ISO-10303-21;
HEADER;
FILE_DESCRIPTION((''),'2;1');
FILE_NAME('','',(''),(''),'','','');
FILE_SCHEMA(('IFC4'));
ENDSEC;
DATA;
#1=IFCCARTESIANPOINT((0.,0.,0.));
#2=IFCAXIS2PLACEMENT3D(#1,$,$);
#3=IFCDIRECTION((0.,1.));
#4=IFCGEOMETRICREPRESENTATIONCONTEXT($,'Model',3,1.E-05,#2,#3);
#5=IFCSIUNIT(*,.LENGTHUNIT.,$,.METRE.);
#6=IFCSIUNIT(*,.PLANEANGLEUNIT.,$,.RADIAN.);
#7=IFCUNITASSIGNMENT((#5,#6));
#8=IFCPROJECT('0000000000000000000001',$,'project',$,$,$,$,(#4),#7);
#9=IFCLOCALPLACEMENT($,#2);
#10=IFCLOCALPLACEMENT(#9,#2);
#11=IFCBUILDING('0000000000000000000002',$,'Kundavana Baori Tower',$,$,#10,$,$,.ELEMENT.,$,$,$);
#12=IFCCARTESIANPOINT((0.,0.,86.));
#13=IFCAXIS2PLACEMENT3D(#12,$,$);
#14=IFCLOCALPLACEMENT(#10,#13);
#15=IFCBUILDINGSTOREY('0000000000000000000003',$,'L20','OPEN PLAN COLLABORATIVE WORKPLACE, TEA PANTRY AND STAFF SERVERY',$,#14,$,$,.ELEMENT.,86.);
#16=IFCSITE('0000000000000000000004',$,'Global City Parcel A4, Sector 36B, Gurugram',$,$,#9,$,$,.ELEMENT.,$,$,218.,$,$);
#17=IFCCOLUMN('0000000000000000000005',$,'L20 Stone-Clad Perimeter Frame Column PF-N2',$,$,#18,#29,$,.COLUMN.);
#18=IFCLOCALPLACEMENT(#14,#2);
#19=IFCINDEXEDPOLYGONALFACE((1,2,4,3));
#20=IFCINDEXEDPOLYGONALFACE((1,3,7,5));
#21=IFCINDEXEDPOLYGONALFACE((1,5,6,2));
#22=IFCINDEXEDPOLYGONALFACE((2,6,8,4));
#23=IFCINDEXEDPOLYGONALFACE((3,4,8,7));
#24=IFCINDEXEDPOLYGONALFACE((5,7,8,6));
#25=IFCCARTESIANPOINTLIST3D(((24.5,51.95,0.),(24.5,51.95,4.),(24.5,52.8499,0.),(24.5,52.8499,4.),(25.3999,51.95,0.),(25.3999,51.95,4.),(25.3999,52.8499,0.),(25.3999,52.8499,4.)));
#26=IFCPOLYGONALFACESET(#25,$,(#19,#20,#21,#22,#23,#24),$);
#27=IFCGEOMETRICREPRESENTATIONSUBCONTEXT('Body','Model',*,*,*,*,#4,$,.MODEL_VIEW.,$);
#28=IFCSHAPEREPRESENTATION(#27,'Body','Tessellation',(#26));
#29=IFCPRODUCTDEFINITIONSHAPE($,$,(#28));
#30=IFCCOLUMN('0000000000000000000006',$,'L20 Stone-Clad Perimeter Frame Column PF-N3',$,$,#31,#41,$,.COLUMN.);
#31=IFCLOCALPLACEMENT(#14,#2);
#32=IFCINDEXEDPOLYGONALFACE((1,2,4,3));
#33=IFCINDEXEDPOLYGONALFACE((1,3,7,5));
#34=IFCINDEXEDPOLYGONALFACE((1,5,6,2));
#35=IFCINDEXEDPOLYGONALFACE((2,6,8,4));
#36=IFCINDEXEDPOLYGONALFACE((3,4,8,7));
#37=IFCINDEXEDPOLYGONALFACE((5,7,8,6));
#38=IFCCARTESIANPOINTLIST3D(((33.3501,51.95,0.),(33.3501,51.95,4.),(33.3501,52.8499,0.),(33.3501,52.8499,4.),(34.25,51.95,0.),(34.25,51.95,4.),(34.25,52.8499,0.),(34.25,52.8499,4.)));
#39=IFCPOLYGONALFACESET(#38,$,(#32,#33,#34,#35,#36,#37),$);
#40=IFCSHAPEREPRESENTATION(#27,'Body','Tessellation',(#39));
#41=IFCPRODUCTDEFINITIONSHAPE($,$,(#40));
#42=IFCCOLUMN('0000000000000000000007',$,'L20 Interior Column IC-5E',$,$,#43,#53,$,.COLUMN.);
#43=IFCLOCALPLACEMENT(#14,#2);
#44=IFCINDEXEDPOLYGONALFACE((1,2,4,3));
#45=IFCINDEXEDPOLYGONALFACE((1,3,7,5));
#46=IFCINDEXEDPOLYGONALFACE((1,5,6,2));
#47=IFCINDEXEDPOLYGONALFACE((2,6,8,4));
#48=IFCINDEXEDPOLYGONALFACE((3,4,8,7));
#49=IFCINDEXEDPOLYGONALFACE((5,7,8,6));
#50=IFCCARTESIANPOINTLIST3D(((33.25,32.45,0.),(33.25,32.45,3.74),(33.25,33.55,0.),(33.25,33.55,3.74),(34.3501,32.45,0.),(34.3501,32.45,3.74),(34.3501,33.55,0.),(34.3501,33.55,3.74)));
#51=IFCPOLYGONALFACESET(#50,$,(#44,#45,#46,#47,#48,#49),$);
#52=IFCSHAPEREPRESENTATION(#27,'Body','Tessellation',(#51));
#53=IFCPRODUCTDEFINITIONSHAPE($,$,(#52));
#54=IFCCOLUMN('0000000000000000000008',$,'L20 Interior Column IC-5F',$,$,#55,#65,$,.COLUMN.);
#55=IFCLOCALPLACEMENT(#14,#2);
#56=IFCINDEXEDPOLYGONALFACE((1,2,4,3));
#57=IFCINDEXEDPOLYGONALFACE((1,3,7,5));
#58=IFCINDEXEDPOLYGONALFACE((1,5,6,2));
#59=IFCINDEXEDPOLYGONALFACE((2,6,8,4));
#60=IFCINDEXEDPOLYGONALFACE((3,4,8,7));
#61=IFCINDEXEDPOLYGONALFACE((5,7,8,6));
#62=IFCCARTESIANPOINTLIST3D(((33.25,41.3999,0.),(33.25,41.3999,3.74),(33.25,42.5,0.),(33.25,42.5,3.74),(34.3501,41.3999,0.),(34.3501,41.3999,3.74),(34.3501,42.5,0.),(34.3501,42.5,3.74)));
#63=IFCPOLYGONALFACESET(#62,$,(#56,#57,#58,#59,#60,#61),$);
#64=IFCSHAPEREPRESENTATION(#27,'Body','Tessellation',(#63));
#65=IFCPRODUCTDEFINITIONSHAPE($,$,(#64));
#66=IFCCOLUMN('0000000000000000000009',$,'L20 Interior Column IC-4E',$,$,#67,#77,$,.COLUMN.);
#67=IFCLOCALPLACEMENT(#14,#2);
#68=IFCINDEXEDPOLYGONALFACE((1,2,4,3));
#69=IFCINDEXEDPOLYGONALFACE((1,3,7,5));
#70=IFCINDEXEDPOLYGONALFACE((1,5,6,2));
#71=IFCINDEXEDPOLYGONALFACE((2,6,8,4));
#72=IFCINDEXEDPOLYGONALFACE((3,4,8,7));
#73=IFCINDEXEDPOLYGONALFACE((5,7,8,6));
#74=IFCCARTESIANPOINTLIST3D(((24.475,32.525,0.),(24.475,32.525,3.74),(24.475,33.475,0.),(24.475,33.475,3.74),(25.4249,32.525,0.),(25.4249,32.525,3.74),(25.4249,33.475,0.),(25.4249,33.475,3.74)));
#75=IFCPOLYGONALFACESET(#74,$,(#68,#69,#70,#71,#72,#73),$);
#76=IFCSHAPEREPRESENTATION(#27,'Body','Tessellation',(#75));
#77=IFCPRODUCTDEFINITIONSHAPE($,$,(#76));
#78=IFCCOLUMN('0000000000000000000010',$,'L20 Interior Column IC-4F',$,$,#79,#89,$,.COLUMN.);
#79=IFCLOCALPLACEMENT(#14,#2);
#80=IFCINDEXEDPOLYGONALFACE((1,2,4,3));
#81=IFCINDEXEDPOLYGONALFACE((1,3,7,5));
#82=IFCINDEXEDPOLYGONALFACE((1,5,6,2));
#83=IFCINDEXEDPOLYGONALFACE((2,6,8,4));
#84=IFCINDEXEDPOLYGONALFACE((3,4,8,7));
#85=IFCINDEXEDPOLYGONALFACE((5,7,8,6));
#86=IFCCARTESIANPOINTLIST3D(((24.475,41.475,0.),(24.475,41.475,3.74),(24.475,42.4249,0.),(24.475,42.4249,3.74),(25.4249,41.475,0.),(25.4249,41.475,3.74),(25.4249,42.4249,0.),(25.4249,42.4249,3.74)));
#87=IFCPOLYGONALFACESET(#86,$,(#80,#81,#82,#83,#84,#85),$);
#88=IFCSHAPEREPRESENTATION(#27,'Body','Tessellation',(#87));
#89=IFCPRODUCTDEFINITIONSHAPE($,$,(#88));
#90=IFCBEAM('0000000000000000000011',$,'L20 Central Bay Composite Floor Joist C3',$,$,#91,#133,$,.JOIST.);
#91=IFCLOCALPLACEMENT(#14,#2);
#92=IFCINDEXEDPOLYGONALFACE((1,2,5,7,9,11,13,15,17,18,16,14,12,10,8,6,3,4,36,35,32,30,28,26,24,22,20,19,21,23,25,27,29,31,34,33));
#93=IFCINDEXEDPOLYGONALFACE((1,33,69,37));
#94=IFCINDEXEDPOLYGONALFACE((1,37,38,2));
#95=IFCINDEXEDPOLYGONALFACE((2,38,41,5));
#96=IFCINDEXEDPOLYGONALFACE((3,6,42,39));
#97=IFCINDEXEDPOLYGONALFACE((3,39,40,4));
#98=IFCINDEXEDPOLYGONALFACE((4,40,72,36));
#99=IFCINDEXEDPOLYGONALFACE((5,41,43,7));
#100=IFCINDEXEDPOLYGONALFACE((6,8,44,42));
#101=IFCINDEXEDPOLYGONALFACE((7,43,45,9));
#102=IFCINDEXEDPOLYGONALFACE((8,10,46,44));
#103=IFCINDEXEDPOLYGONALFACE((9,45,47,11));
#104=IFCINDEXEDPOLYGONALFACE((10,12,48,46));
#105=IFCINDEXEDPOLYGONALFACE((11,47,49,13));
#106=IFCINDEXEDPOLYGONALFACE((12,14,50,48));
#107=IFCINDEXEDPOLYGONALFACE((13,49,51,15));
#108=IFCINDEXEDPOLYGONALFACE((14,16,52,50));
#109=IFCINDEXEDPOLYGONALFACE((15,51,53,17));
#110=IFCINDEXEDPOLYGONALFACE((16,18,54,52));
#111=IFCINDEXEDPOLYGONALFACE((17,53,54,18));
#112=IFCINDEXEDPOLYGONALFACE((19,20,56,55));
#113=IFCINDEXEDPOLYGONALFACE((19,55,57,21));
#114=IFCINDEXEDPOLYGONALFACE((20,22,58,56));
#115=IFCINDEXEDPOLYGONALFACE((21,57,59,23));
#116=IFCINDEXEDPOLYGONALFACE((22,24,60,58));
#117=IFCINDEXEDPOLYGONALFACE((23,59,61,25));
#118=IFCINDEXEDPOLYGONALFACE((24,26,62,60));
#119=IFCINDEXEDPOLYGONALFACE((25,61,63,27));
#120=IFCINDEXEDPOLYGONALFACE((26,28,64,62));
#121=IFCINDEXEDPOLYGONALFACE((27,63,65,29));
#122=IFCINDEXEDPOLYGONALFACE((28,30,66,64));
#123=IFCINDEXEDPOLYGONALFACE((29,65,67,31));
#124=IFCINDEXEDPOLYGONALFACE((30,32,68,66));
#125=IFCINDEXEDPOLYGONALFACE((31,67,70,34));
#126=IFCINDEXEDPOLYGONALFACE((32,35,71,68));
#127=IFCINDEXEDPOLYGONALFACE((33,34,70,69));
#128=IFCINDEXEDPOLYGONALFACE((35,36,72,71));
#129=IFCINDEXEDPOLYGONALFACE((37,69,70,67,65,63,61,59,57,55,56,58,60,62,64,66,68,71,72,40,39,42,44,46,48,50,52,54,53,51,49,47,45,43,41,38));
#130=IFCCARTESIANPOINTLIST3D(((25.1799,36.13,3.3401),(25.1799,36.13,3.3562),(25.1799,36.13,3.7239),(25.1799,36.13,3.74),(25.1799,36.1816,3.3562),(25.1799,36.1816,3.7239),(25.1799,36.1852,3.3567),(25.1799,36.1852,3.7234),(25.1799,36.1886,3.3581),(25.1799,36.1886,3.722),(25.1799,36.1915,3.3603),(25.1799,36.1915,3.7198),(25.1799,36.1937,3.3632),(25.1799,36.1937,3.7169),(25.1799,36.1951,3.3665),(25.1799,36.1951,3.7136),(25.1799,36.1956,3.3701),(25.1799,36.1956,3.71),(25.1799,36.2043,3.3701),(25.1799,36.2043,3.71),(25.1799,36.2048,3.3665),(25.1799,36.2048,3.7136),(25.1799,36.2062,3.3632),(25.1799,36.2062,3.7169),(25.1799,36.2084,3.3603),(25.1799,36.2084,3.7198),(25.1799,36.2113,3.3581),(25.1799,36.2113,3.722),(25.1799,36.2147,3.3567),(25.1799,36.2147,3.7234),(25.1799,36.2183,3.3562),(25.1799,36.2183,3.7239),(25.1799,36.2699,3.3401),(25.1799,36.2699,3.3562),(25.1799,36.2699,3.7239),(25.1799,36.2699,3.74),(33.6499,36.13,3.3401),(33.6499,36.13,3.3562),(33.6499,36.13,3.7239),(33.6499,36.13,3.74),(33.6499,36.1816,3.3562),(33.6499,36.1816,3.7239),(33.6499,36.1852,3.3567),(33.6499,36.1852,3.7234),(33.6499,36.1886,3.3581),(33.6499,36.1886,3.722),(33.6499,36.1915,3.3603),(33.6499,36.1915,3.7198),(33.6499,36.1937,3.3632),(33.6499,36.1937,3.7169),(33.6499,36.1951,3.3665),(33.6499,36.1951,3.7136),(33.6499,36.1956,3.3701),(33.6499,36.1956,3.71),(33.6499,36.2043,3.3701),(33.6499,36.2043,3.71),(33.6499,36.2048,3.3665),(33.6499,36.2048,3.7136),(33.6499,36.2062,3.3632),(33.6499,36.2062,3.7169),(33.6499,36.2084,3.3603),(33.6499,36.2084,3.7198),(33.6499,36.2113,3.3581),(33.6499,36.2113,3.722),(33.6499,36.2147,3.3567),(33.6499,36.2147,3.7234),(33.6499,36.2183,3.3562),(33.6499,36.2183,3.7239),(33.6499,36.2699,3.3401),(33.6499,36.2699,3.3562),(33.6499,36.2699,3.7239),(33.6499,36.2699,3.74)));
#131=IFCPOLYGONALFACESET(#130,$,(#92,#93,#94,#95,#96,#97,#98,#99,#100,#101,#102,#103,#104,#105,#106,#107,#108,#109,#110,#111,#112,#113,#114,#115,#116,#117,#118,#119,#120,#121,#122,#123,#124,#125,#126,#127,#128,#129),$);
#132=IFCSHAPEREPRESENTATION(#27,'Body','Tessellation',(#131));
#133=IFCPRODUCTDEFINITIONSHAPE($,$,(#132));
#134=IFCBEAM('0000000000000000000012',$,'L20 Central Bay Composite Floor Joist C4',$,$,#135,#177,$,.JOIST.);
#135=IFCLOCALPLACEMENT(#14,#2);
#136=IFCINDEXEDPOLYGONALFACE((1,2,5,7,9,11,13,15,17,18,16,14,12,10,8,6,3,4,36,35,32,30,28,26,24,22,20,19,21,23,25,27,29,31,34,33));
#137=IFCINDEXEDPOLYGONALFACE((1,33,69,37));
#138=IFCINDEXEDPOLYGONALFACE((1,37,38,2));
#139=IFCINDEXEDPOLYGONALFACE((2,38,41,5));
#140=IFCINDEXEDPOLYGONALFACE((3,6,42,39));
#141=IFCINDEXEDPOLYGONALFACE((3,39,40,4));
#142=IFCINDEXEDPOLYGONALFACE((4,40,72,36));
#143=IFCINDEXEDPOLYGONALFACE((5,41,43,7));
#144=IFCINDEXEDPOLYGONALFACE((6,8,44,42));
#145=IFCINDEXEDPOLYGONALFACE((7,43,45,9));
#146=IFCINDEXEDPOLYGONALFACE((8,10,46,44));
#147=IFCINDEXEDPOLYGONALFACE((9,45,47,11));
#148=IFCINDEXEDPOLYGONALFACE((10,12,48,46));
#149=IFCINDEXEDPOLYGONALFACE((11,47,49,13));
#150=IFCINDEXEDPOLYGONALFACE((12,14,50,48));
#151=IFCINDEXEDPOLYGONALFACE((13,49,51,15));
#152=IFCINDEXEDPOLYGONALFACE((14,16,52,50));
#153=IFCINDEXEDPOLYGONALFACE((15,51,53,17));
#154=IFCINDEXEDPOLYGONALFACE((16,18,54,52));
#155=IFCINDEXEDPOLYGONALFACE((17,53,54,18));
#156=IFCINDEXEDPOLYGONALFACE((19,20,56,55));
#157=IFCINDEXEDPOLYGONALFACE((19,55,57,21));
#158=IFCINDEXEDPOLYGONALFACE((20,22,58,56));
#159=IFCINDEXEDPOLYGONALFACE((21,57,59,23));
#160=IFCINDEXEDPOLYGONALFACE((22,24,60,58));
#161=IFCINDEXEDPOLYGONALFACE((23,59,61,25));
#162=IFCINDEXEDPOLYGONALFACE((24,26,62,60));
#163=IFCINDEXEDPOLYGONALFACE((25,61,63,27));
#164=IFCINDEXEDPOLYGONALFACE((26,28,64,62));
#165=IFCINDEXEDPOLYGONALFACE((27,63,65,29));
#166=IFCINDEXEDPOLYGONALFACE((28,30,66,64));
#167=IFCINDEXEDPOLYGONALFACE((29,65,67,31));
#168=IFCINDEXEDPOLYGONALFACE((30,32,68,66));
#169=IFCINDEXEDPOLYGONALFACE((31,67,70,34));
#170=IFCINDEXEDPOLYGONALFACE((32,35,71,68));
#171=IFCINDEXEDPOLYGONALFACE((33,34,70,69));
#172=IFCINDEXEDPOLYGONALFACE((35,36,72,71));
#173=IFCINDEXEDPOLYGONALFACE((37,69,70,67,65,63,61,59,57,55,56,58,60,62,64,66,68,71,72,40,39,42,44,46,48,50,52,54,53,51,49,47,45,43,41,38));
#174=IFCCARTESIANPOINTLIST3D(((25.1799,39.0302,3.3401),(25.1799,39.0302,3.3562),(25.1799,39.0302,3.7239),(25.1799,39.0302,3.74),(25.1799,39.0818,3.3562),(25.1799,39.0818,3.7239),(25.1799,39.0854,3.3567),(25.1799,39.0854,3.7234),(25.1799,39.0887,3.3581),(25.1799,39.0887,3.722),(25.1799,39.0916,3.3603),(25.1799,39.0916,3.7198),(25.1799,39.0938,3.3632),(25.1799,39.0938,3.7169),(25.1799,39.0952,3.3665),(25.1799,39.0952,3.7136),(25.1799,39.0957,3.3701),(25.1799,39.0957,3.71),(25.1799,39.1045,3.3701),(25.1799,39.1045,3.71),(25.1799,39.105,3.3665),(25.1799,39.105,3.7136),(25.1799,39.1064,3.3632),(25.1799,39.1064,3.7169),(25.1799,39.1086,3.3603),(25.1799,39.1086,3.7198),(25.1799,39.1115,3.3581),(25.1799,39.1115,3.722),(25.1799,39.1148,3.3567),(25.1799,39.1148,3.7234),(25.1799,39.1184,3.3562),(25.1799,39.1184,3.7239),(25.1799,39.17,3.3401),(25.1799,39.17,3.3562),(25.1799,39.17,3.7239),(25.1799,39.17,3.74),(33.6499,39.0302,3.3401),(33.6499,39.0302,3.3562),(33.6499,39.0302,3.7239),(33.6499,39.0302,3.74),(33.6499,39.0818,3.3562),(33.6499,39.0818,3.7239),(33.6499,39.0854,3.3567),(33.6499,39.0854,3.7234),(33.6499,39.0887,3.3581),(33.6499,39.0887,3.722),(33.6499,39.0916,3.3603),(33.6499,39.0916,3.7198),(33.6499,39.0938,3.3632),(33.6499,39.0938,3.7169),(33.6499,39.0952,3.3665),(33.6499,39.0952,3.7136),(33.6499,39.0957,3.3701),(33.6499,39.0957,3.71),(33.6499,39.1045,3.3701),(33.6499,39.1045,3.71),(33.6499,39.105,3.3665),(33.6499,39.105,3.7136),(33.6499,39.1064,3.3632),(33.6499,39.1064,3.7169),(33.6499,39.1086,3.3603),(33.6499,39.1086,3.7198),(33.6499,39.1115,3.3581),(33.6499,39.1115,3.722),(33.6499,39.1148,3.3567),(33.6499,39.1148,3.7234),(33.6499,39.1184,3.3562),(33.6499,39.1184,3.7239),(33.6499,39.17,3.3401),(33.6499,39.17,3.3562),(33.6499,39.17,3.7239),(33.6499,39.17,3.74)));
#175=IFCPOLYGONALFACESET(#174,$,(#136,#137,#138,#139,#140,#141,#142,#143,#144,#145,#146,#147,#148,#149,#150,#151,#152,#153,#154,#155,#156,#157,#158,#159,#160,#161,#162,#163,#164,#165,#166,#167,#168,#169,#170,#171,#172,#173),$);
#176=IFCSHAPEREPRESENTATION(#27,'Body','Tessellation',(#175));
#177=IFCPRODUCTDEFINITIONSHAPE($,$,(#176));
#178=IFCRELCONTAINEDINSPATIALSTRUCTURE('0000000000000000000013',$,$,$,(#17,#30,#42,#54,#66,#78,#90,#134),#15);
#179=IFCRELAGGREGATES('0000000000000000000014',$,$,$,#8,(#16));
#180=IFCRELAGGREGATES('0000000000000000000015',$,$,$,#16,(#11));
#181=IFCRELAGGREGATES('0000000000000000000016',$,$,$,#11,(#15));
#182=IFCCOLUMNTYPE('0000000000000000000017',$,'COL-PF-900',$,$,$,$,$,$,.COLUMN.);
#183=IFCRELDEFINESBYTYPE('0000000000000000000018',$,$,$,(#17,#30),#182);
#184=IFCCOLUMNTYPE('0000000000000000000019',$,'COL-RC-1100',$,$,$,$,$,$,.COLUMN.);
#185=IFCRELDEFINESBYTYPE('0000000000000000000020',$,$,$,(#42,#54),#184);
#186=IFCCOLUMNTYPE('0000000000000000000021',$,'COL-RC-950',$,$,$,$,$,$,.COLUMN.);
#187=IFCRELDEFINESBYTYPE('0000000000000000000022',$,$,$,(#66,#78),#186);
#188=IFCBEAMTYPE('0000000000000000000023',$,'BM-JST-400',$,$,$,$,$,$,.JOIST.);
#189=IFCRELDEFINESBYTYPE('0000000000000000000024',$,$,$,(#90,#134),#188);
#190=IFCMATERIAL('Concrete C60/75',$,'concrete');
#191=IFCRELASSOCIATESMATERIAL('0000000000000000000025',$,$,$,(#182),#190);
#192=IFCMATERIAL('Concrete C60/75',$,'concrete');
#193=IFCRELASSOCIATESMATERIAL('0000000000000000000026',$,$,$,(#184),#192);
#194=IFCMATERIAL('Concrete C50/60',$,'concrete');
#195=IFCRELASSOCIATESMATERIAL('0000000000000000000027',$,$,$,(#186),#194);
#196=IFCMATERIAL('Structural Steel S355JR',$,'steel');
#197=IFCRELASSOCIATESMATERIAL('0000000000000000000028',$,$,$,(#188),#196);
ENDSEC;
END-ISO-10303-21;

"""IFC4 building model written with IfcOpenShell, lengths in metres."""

from ifc_helpers import new_model, si_unit, direction, frame, origin, origin_2d, place, context, subcontext, project, spatial, rectangle, i_section, extrude, material, material_profile, profile_set, type_object, element, save


model = new_model("IFC4")

# Units and contexts
model_context = context("Model", 3, precision=1e-05, world=origin(), true_north=direction((0.0, 1.0)))
body_context = subcontext(model_context, "Body", "Model", "MODEL_VIEW")
ifc_project = project(units=[si_unit("LENGTHUNIT", "METRE"), si_unit("PLANEANGLEUNIT", "RADIAN")], contexts=[model_context])

# Site, building, storey
site_placement = place(None, origin())
site = spatial("IfcSite", under=ifc_project, at=site_placement, Name="Global City Parcel A4, Sector 36B, Gurugram", CompositionType="ELEMENT", RefElevation=218.0)
building_placement = place(site_placement, origin())
building = spatial("IfcBuilding", under=site, at=building_placement, Name="Kundavana Baori Tower", CompositionType="ELEMENT")
storey_placement = place(building_placement, frame((0.0, 0.0, 86.0)))
storey = spatial("IfcBuildingStorey", under=building, at=storey_placement, Name="L20", Description="OPEN PLAN COLLABORATIVE WORKPLACE, TEA PANTRY AND STAFF SERVERY", CompositionType="ELEMENT", Elevation=86.0)

# Columns
ifc_material_1 = material(Name="Concrete C60/75", Category="concrete")
ifc_material_profile_1 = material_profile(ifc_material_1, rectangle(XDim=0.8999, YDim=0.8999, at=origin_2d()), Name="RC PF 900x900")
ifc_profile_set_1 = profile_set([ifc_material_profile_1], Name="Concrete C60/75")
column_type_1 = type_object("IfcColumnType", Name="COL-PF-900", PredefinedType="COLUMN", material=ifc_profile_set_1)
for number, where, z_axis, x_axis, name in (
    (1, (24.95, 52.3999, 0.0), (0.0, 0.0, 1.0), (1.0, 0.0, 0.0), "L20 Stone-Clad Perimeter Frame Column PF-N2"),
    (2, (33.8, 52.3999, 0.0), (0.0, 0.0, 1.0), (1.0, 0.0, 0.0), "L20 Stone-Clad Perimeter Frame Column PF-N3"),
):
    element("IfcColumn", number, at=place(storey_placement, frame(where, z_axis=z_axis, x_axis=x_axis)), inside=storey, type_object=column_type_1, Name=name, PredefinedType="COLUMN", context=body_context, shape_type="SweptSolid", body=[
        extrude(rectangle(XDim=0.8999, YDim=0.8999, at=origin_2d()), origin(), (0.0, 0.0, 1.0), 4.0),
    ])
ifc_material_2 = material(Name="Concrete C60/75", Category="concrete")
ifc_material_profile_2 = material_profile(ifc_material_2, rectangle(XDim=1.1001, YDim=1.1001, at=origin_2d()), Name="RC 1100x1100")
ifc_profile_set_2 = profile_set([ifc_material_profile_2], Name="Concrete C60/75")
column_type_2 = type_object("IfcColumnType", Name="COL-RC-1100", PredefinedType="COLUMN", material=ifc_profile_set_2)
for number, where, z_axis, x_axis, name in (
    (3, (33.8, 33.0, 0.0), (0.0, 0.0, 1.0), (1.0, 0.0, 0.0), "L20 Interior Column IC-5E"),
    (4, (33.8, 41.95, 0.0), (0.0, 0.0, 1.0), (1.0, 0.0, 0.0), "L20 Interior Column IC-5F"),
):
    element("IfcColumn", number, at=place(storey_placement, frame(where, z_axis=z_axis, x_axis=x_axis)), inside=storey, type_object=column_type_2, Name=name, PredefinedType="COLUMN", context=body_context, shape_type="SweptSolid", body=[
        extrude(rectangle(XDim=1.1001, YDim=1.1001, at=origin_2d()), origin(), (0.0, 0.0, 1.0), 3.74),
    ])
ifc_material_3 = material(Name="Concrete C50/60", Category="concrete")
ifc_material_profile_3 = material_profile(ifc_material_3, rectangle(XDim=0.95, YDim=0.95, at=origin_2d()), Name="RC 950x950")
ifc_profile_set_3 = profile_set([ifc_material_profile_3], Name="Concrete C50/60")
column_type_3 = type_object("IfcColumnType", Name="COL-RC-950", PredefinedType="COLUMN", material=ifc_profile_set_3)
for number, where, z_axis, x_axis, name in (
    (5, (24.95, 33.0, 0.0), (0.0, 0.0, 1.0), (1.0, 0.0, 0.0), "L20 Interior Column IC-4E"),
    (6, (24.95, 41.95, 0.0), (0.0, 0.0, 1.0), (1.0, 0.0, 0.0), "L20 Interior Column IC-4F"),
):
    element("IfcColumn", number, at=place(storey_placement, frame(where, z_axis=z_axis, x_axis=x_axis)), inside=storey, type_object=column_type_3, Name=name, PredefinedType="COLUMN", context=body_context, shape_type="SweptSolid", body=[
        extrude(rectangle(XDim=0.95, YDim=0.95, at=origin_2d()), origin(), (0.0, 0.0, 1.0), 3.74),
    ])

# Beams
ifc_material_4 = material(Name="Structural Steel S355JR", Category="steel")
ifc_material_profile_4 = material_profile(ifc_material_4, i_section(OverallWidth=0.1399, OverallDepth=0.3999, WebThickness=0.0088, FlangeThickness=0.0161, FilletRadius=0.0139, at=origin_2d()), Name="ISMB 400")
ifc_profile_set_4 = profile_set([ifc_material_profile_4], Name="Structural Steel S355JR")
beam_type_1 = type_object("IfcBeamType", Name="BM-JST-400", PredefinedType="JOIST", material=ifc_profile_set_4)
for number, where, z_axis, x_axis, name in (
    (7, (25.1799, 36.2, 3.54), (1.0, 0.0, 0.0), (0.0, 1.0, 0.0), "L20 Central Bay Composite Floor Joist C3"),
    (8, (25.1799, 39.1001, 3.54), (1.0, 0.0, 0.0), (0.0, 1.0, 0.0), "L20 Central Bay Composite Floor Joist C4"),
):
    element("IfcBeam", number, at=place(storey_placement, frame(where, z_axis=z_axis, x_axis=x_axis)), inside=storey, type_object=beam_type_1, Name=name, PredefinedType="JOIST", context=body_context, shape_type="SweptSolid", body=[
        extrude(i_section(OverallWidth=0.1399, OverallDepth=0.3999, WebThickness=0.0088, FlangeThickness=0.0161, FilletRadius=0.0139, at=origin_2d()), origin(), (0.0, 0.0, 1.0), 8.47),
    ])

save(model, "model.ifc")
